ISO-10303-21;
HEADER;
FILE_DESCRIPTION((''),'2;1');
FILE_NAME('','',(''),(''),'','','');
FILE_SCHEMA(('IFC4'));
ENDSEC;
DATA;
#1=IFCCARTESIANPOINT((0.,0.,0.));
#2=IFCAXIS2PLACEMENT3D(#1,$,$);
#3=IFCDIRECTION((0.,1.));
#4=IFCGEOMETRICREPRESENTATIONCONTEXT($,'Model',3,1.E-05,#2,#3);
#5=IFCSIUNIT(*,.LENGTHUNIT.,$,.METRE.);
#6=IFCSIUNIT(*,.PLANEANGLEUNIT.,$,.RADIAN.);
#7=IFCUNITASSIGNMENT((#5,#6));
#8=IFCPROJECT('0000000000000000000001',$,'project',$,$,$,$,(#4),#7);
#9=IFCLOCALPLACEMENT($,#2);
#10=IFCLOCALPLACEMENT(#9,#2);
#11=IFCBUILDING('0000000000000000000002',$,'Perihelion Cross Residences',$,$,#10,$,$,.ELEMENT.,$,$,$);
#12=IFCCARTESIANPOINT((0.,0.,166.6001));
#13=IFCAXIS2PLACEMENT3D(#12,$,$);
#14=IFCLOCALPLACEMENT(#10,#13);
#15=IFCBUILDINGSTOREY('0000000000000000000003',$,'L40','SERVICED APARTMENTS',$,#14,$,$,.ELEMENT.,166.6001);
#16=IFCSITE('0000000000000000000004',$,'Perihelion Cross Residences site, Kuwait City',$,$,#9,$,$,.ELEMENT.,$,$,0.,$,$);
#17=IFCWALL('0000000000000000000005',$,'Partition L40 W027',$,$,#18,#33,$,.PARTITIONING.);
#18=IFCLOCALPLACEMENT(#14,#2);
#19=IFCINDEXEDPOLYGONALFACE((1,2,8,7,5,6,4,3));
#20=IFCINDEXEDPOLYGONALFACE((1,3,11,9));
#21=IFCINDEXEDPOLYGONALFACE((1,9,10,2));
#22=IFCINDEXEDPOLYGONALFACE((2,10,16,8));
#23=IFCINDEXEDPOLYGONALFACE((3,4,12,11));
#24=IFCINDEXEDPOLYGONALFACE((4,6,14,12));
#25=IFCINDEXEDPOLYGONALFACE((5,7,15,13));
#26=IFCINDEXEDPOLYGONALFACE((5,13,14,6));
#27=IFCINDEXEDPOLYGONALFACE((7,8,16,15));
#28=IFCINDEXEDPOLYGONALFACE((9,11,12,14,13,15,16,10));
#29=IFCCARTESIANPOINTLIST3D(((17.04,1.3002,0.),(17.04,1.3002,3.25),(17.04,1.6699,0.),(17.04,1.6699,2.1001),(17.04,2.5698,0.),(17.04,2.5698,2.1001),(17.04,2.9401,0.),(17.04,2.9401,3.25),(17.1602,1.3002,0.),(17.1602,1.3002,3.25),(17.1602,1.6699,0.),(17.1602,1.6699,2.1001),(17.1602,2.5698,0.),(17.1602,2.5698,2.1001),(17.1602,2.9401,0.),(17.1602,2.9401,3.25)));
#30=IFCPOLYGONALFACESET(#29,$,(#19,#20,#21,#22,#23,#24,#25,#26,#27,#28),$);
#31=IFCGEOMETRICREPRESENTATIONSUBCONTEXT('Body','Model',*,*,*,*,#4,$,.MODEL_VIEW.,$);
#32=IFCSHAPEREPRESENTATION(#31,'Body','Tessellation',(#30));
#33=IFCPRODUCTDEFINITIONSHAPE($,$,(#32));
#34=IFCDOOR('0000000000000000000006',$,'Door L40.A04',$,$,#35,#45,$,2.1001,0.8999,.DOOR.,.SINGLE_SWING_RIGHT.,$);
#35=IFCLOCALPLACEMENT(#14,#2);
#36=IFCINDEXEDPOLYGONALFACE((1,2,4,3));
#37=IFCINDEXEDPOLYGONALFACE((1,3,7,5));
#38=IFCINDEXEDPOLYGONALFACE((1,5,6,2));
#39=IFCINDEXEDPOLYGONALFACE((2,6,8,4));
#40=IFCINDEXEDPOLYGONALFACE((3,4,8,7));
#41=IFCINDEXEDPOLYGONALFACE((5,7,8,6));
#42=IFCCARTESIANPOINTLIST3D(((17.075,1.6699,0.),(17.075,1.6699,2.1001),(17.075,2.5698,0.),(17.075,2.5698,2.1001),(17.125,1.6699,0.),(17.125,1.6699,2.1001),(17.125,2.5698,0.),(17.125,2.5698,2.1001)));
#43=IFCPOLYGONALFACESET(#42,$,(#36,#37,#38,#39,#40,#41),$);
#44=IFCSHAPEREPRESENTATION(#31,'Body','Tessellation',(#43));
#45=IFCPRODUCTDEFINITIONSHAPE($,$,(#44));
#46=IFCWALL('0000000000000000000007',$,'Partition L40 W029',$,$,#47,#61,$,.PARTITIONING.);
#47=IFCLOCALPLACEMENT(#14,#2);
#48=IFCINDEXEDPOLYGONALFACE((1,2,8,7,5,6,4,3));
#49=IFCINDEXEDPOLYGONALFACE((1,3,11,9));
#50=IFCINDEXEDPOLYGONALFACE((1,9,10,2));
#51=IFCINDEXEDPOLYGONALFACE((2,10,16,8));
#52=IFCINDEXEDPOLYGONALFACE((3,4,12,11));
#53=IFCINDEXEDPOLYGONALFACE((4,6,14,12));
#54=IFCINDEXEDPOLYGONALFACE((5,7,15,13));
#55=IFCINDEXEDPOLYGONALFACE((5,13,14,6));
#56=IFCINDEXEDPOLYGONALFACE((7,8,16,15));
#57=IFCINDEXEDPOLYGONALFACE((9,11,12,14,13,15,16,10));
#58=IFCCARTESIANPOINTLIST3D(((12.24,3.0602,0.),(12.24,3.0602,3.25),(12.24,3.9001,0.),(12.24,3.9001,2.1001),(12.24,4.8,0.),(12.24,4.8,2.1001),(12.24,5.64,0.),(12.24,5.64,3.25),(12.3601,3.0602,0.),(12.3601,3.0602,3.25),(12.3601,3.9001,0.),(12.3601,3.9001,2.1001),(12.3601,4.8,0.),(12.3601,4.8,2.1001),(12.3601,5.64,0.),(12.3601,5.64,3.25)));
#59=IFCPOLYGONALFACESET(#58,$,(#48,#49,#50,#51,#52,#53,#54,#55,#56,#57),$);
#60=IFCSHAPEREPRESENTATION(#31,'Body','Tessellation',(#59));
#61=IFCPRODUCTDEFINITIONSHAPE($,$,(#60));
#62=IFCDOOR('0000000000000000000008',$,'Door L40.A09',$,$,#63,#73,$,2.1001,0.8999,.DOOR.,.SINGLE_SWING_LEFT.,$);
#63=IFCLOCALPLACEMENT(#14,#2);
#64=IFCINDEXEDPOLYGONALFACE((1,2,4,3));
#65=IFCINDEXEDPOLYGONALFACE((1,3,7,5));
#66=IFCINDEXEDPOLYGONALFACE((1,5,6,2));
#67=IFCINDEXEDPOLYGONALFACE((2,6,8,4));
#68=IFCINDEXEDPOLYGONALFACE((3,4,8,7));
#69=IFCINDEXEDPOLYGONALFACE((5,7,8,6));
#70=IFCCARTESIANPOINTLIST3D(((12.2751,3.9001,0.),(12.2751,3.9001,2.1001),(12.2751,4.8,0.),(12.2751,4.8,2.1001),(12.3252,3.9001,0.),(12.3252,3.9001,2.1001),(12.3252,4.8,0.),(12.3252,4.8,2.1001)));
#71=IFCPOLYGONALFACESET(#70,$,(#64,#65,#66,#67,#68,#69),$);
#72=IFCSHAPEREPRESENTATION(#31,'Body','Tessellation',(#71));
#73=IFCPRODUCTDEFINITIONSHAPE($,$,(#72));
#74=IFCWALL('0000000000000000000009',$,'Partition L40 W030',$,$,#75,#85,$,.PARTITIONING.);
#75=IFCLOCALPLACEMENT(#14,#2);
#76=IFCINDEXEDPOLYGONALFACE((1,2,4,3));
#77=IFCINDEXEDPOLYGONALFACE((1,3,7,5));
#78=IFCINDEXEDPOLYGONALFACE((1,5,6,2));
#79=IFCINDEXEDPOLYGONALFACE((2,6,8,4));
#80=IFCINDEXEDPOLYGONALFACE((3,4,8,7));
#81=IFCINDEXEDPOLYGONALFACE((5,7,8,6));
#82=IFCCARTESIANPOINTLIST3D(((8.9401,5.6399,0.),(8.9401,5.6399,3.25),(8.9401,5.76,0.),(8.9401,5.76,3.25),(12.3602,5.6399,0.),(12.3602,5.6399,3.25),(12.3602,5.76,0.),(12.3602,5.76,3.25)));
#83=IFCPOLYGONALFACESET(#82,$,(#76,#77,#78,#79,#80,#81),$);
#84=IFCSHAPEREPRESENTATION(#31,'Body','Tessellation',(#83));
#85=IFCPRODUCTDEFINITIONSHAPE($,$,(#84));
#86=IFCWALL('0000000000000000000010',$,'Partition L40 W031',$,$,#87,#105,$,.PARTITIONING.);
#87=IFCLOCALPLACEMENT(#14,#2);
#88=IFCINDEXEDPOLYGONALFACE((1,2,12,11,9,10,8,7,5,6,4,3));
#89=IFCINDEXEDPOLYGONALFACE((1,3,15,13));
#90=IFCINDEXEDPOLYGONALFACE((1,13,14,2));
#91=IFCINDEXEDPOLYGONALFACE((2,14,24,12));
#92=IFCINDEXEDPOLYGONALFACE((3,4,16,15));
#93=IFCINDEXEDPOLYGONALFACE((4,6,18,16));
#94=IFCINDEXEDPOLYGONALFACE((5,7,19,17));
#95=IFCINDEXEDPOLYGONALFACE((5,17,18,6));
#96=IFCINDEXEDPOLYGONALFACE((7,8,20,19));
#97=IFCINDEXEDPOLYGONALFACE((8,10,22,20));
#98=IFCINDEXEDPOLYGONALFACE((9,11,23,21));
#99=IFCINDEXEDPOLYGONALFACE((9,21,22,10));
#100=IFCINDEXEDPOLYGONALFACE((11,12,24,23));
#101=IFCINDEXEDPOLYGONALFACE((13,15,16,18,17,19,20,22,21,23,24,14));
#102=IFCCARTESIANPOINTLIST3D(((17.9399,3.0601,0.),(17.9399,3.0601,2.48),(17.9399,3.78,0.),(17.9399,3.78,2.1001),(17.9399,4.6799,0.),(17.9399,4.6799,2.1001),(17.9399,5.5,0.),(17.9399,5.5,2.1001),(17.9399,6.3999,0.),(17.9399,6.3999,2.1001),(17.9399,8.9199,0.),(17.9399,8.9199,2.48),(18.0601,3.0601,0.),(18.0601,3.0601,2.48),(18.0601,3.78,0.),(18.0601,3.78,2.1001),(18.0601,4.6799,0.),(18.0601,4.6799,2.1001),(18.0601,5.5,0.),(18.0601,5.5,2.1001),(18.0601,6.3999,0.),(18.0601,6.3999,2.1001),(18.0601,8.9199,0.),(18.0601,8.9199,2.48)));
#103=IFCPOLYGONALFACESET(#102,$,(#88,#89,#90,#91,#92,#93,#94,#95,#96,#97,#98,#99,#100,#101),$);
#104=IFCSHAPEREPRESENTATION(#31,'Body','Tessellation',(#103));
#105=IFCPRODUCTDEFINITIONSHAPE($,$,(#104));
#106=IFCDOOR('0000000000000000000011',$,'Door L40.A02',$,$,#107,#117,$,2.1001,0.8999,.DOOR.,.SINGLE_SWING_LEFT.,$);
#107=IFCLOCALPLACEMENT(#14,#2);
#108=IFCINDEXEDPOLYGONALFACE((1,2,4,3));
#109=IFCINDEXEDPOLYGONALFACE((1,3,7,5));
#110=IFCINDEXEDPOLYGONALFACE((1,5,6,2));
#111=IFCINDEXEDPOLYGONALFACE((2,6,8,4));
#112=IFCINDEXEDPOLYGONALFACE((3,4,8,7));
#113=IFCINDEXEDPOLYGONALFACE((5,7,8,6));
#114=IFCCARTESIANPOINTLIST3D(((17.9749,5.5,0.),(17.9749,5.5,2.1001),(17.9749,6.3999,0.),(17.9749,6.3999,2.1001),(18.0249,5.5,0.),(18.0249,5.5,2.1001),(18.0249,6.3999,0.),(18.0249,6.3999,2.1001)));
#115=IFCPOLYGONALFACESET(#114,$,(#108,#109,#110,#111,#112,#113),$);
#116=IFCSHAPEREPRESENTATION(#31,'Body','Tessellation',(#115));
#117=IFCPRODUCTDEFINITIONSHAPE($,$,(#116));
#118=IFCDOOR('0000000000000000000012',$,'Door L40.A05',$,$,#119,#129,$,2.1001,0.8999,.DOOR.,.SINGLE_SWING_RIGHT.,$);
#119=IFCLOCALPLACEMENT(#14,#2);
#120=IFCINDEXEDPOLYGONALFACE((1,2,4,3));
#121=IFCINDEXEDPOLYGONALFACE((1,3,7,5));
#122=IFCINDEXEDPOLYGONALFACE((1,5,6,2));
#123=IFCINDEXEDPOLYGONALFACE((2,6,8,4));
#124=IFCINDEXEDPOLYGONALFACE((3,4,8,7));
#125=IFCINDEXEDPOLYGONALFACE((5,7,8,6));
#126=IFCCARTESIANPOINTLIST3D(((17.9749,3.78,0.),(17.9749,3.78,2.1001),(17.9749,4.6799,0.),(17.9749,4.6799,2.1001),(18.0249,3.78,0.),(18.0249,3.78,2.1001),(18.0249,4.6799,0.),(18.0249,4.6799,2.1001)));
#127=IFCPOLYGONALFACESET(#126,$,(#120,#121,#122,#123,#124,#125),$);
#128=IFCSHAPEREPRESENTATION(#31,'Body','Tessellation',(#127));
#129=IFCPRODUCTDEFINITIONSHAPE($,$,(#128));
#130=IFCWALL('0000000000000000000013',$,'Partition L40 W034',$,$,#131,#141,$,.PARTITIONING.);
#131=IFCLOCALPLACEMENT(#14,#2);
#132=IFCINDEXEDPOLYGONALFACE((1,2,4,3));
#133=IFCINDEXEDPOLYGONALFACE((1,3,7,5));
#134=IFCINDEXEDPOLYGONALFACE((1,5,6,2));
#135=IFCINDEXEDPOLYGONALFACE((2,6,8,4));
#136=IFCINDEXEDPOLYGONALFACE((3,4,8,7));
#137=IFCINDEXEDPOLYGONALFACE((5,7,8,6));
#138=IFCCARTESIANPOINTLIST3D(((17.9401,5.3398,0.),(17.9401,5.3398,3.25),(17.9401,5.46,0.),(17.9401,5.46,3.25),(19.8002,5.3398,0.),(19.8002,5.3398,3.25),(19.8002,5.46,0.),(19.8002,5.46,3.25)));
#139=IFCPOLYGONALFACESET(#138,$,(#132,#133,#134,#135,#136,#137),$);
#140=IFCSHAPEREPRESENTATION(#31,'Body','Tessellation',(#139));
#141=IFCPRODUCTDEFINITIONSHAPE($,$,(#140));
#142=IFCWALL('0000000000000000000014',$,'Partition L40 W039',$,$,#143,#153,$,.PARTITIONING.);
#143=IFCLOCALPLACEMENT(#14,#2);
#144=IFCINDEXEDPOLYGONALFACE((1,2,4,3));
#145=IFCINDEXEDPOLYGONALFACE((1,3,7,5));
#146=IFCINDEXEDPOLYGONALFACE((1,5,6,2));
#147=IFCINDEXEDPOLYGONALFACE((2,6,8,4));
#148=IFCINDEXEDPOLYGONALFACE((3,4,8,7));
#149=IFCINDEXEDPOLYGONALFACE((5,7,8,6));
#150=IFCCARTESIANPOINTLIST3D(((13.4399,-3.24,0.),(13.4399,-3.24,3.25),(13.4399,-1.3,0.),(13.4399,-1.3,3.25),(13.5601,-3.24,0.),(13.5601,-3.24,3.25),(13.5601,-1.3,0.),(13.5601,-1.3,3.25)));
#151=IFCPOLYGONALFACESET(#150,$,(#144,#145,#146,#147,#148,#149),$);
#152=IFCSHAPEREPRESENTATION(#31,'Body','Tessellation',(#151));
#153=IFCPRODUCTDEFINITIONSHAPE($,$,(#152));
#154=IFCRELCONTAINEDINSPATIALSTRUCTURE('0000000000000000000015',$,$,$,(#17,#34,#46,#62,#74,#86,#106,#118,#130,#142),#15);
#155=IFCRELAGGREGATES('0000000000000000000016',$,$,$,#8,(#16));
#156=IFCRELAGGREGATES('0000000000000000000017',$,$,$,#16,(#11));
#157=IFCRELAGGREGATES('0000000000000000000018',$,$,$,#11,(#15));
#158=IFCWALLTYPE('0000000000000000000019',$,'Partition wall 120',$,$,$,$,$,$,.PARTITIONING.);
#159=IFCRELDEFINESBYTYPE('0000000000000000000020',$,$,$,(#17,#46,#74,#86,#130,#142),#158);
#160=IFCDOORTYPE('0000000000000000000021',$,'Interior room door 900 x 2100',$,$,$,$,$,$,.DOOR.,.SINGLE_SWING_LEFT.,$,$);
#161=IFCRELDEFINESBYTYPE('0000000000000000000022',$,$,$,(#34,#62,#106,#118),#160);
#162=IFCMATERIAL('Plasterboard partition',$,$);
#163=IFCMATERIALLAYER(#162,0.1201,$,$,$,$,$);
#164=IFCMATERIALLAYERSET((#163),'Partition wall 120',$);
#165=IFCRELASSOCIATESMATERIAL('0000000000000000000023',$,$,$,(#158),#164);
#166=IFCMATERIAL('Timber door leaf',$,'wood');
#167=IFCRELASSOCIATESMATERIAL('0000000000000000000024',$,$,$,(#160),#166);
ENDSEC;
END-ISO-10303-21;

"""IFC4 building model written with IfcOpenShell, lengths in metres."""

from ifc_helpers import new_model, si_unit, direction, frame, frame_2d, origin, place, context, subcontext, project, spatial, rectangle, extrude, material, layer, layer_set, type_object, element, fill, save


model = new_model("IFC4")

# Units and contexts
model_context = context("Model", 3, precision=1e-05, world=origin(), true_north=direction((0.0, 1.0)))
body_context = subcontext(model_context, "Body", "Model", "MODEL_VIEW")
ifc_project = project(units=[si_unit("LENGTHUNIT", "METRE"), si_unit("PLANEANGLEUNIT", "RADIAN")], contexts=[model_context])

# Site, building, storey
site_placement = place(None, origin())
site = spatial("IfcSite", under=ifc_project, at=site_placement, Name="Perihelion Cross Residences site, Kuwait City", CompositionType="ELEMENT", RefElevation=0.0)
building_placement = place(site_placement, origin())
building = spatial("IfcBuilding", under=site, at=building_placement, Name="Perihelion Cross Residences", CompositionType="ELEMENT")
storey_placement = place(building_placement, frame((0.0, 0.0, 166.6001)))
storey = spatial("IfcBuildingStorey", under=building, at=storey_placement, Name="L40", Description="SERVICED APARTMENTS", CompositionType="ELEMENT", Elevation=166.6001)

# Walls, openings, doors
ifc_material_1 = material(Name="Plasterboard partition")
ifc_layer_1 = layer(ifc_material_1, 0.1201)
ifc_layer_set_1 = layer_set([ifc_layer_1], Name="Partition wall 120")
wall_type_1 = type_object("IfcWallType", Name="Partition wall 120", PredefinedType="PARTITIONING", material=ifc_layer_set_1)
ifc_material_2 = material(Name="Timber door leaf", Category="wood")
door_type_1 = type_object("IfcDoorType", Name="Interior room door 900 x 2100", OperationType="SINGLE_SWING_LEFT", PredefinedType="DOOR", material=ifc_material_2)
wall_1_placement = place(storey_placement, frame((17.1001, 2.9399, 0.0), z_axis=(0.0, 0.0, 1.0), x_axis=(0.0, -1.0, 0.0)))
wall_1 = element("IfcWall", 1, at=wall_1_placement, inside=storey, type_object=wall_type_1, Name="Partition L40 W027", PredefinedType="PARTITIONING", context=body_context, shape_type="SweptSolid", body=[
    extrude(rectangle(XDim=1.6399, YDim=0.1201, at=frame_2d((0.8198, 0.0))), origin(), (0.0, 0.0, 1.0), 3.25),
])
opening_1_placement = place(wall_1_placement, frame((0.3701, 0.0, 0.0)))
opening_1 = element("IfcOpeningElement", 2, at=opening_1_placement, cuts=wall_1, PredefinedType="OPENING", context=body_context, shape_type="SweptSolid", body=[
    extrude(rectangle(XDim=0.8999, YDim=2.1001, at=frame_2d((0.45, 1.05))), frame((0.0, 0.0701, 0.0), z_axis=(0.0, -1.0, 0.0), x_axis=(1.0, 0.0, 0.0)), (0.0, 0.0, 1.0), 0.1401),
])
door_1_placement = place(opening_1_placement, origin())
door_1 = element("IfcDoor", 3, at=door_1_placement, inside=storey, type_object=door_type_1, Name="Door L40.A04", OperationType="SINGLE_SWING_RIGHT", OverallHeight=2.1001, OverallWidth=0.8999, PredefinedType="DOOR", context=body_context, shape_type="SweptSolid", body=[
    extrude(rectangle(XDim=0.8999, YDim=2.1001, at=frame_2d((0.45, 1.05))), frame((0.0, 0.0249, 0.0), z_axis=(0.0, -1.0, 0.0), x_axis=(1.0, 0.0, 0.0)), (0.0, 0.0, 1.0), 0.05),
])
fill(opening_1, door_1)
wall_2_placement = place(storey_placement, frame((12.3, 3.0601, 0.0), z_axis=(0.0, 0.0, 1.0), x_axis=(0.0, 1.0, 0.0)))
wall_2 = element("IfcWall", 4, at=wall_2_placement, inside=storey, type_object=wall_type_1, Name="Partition L40 W029", PredefinedType="PARTITIONING", context=body_context, shape_type="SweptSolid", body=[
    extrude(rectangle(XDim=2.5798, YDim=0.1201, at=frame_2d((1.29, 0.0))), origin(), (0.0, 0.0, 1.0), 3.25),
])
opening_2_placement = place(wall_2_placement, frame((0.8401, 0.0, 0.0)))
opening_2 = element("IfcOpeningElement", 5, at=opening_2_placement, cuts=wall_2, PredefinedType="OPENING", context=body_context, shape_type="SweptSolid", body=[
    extrude(rectangle(XDim=0.8999, YDim=2.1001, at=frame_2d((0.45, 1.05))), frame((0.0, 0.0701, 0.0), z_axis=(0.0, -1.0, 0.0), x_axis=(1.0, 0.0, 0.0)), (0.0, 0.0, 1.0), 0.1401),
])
door_2_placement = place(opening_2_placement, origin())
door_2 = element("IfcDoor", 6, at=door_2_placement, inside=storey, type_object=door_type_1, Name="Door L40.A09", OperationType="SINGLE_SWING_LEFT", OverallHeight=2.1001, OverallWidth=0.8999, PredefinedType="DOOR", context=body_context, shape_type="SweptSolid", body=[
    extrude(rectangle(XDim=0.8999, YDim=2.1001, at=frame_2d((0.45, 1.05))), frame((0.0, 0.0249, 0.0), z_axis=(0.0, -1.0, 0.0), x_axis=(1.0, 0.0, 0.0)), (0.0, 0.0, 1.0), 0.05),
])
fill(opening_2, door_2)

# Wall
wall_3_placement = place(storey_placement, frame((12.3601, 5.7, 0.0), z_axis=(0.0, 0.0, 1.0), x_axis=(-1.0, 0.0, 0.0)))
element("IfcWall", 7, at=wall_3_placement, inside=storey, type_object=wall_type_1, Name="Partition L40 W030", PredefinedType="PARTITIONING", context=body_context, shape_type="SweptSolid", body=[
    extrude(rectangle(XDim=3.4202, YDim=0.1201, at=frame_2d((1.71, 0.0))), origin(), (0.0, 0.0, 1.0), 3.25),
])

# Wall, openings, doors
wall_4_placement = place(storey_placement, frame((18.0, 8.9199, 0.0), z_axis=(0.0, 0.0, 1.0), x_axis=(0.0, -1.0, 0.0)))
wall_4 = element("IfcWall", 8, at=wall_4_placement, inside=storey, type_object=wall_type_1, Name="Partition L40 W031", PredefinedType="PARTITIONING", context=body_context, shape_type="SweptSolid", body=[
    extrude(rectangle(XDim=5.8599, YDim=0.1201, at=frame_2d((2.9299, 0.0))), origin(), (0.0, 0.0, 1.0), 2.48),
])
opening_3_placement = place(wall_4_placement, frame((2.52, 0.0, 0.0)))
opening_3 = element("IfcOpeningElement", 9, at=opening_3_placement, cuts=wall_4, PredefinedType="OPENING", context=body_context, shape_type="SweptSolid", body=[
    extrude(rectangle(XDim=0.8999, YDim=2.1001, at=frame_2d((0.45, 1.05))), frame((0.0, 0.0701, 0.0), z_axis=(0.0, -1.0, 0.0), x_axis=(1.0, 0.0, 0.0)), (0.0, 0.0, 1.0), 0.1401),
])
opening_4_placement = place(wall_4_placement, frame((4.24, 0.0, 0.0)))
opening_4 = element("IfcOpeningElement", 10, at=opening_4_placement, cuts=wall_4, PredefinedType="OPENING", context=body_context, shape_type="SweptSolid", body=[
    extrude(rectangle(XDim=0.8999, YDim=2.1001, at=frame_2d((0.45, 1.05))), frame((0.0, 0.0701, 0.0), z_axis=(0.0, -1.0, 0.0), x_axis=(1.0, 0.0, 0.0)), (0.0, 0.0, 1.0), 0.1401),
])
door_3_placement = place(opening_3_placement, origin())
door_3 = element("IfcDoor", 11, at=door_3_placement, inside=storey, type_object=door_type_1, Name="Door L40.A02", OperationType="SINGLE_SWING_LEFT", OverallHeight=2.1001, OverallWidth=0.8999, PredefinedType="DOOR", context=body_context, shape_type="SweptSolid", body=[
    extrude(rectangle(XDim=0.8999, YDim=2.1001, at=frame_2d((0.45, 1.05))), frame((0.0, 0.0249, 0.0), z_axis=(0.0, -1.0, 0.0), x_axis=(1.0, 0.0, 0.0)), (0.0, 0.0, 1.0), 0.05),
])
fill(opening_3, door_3)
door_4_placement = place(opening_4_placement, origin())
door_4 = element("IfcDoor", 12, at=door_4_placement, inside=storey, type_object=door_type_1, Name="Door L40.A05", OperationType="SINGLE_SWING_RIGHT", OverallHeight=2.1001, OverallWidth=0.8999, PredefinedType="DOOR", context=body_context, shape_type="SweptSolid", body=[
    extrude(rectangle(XDim=0.8999, YDim=2.1001, at=frame_2d((0.45, 1.05))), frame((0.0, 0.0249, 0.0), z_axis=(0.0, -1.0, 0.0), x_axis=(1.0, 0.0, 0.0)), (0.0, 0.0, 1.0), 0.05),
])
fill(opening_4, door_4)

# Walls
wall_5_placement = place(storey_placement, frame((17.9399, 5.3999, 0.0), z_axis=(0.0, 0.0, 1.0), x_axis=(1.0, 0.0, 0.0)))
element("IfcWall", 13, at=wall_5_placement, inside=storey, type_object=wall_type_1, Name="Partition L40 W034", PredefinedType="PARTITIONING", context=body_context, shape_type="SweptSolid", body=[
    extrude(rectangle(XDim=1.8601, YDim=0.1201, at=frame_2d((0.9302, 0.0))), origin(), (0.0, 0.0, 1.0), 3.25),
])
wall_6_placement = place(storey_placement, frame((13.5, -1.3, 0.0), z_axis=(0.0, 0.0, 1.0), x_axis=(0.0, -1.0, 0.0)))
element("IfcWall", 14, at=wall_6_placement, inside=storey, type_object=wall_type_1, Name="Partition L40 W039", PredefinedType="PARTITIONING", context=body_context, shape_type="SweptSolid", body=[
    extrude(rectangle(XDim=1.9399, YDim=0.1201, at=frame_2d((0.97, 0.0))), origin(), (0.0, 0.0, 1.0), 3.25),
])

save(model, "model.ifc")
